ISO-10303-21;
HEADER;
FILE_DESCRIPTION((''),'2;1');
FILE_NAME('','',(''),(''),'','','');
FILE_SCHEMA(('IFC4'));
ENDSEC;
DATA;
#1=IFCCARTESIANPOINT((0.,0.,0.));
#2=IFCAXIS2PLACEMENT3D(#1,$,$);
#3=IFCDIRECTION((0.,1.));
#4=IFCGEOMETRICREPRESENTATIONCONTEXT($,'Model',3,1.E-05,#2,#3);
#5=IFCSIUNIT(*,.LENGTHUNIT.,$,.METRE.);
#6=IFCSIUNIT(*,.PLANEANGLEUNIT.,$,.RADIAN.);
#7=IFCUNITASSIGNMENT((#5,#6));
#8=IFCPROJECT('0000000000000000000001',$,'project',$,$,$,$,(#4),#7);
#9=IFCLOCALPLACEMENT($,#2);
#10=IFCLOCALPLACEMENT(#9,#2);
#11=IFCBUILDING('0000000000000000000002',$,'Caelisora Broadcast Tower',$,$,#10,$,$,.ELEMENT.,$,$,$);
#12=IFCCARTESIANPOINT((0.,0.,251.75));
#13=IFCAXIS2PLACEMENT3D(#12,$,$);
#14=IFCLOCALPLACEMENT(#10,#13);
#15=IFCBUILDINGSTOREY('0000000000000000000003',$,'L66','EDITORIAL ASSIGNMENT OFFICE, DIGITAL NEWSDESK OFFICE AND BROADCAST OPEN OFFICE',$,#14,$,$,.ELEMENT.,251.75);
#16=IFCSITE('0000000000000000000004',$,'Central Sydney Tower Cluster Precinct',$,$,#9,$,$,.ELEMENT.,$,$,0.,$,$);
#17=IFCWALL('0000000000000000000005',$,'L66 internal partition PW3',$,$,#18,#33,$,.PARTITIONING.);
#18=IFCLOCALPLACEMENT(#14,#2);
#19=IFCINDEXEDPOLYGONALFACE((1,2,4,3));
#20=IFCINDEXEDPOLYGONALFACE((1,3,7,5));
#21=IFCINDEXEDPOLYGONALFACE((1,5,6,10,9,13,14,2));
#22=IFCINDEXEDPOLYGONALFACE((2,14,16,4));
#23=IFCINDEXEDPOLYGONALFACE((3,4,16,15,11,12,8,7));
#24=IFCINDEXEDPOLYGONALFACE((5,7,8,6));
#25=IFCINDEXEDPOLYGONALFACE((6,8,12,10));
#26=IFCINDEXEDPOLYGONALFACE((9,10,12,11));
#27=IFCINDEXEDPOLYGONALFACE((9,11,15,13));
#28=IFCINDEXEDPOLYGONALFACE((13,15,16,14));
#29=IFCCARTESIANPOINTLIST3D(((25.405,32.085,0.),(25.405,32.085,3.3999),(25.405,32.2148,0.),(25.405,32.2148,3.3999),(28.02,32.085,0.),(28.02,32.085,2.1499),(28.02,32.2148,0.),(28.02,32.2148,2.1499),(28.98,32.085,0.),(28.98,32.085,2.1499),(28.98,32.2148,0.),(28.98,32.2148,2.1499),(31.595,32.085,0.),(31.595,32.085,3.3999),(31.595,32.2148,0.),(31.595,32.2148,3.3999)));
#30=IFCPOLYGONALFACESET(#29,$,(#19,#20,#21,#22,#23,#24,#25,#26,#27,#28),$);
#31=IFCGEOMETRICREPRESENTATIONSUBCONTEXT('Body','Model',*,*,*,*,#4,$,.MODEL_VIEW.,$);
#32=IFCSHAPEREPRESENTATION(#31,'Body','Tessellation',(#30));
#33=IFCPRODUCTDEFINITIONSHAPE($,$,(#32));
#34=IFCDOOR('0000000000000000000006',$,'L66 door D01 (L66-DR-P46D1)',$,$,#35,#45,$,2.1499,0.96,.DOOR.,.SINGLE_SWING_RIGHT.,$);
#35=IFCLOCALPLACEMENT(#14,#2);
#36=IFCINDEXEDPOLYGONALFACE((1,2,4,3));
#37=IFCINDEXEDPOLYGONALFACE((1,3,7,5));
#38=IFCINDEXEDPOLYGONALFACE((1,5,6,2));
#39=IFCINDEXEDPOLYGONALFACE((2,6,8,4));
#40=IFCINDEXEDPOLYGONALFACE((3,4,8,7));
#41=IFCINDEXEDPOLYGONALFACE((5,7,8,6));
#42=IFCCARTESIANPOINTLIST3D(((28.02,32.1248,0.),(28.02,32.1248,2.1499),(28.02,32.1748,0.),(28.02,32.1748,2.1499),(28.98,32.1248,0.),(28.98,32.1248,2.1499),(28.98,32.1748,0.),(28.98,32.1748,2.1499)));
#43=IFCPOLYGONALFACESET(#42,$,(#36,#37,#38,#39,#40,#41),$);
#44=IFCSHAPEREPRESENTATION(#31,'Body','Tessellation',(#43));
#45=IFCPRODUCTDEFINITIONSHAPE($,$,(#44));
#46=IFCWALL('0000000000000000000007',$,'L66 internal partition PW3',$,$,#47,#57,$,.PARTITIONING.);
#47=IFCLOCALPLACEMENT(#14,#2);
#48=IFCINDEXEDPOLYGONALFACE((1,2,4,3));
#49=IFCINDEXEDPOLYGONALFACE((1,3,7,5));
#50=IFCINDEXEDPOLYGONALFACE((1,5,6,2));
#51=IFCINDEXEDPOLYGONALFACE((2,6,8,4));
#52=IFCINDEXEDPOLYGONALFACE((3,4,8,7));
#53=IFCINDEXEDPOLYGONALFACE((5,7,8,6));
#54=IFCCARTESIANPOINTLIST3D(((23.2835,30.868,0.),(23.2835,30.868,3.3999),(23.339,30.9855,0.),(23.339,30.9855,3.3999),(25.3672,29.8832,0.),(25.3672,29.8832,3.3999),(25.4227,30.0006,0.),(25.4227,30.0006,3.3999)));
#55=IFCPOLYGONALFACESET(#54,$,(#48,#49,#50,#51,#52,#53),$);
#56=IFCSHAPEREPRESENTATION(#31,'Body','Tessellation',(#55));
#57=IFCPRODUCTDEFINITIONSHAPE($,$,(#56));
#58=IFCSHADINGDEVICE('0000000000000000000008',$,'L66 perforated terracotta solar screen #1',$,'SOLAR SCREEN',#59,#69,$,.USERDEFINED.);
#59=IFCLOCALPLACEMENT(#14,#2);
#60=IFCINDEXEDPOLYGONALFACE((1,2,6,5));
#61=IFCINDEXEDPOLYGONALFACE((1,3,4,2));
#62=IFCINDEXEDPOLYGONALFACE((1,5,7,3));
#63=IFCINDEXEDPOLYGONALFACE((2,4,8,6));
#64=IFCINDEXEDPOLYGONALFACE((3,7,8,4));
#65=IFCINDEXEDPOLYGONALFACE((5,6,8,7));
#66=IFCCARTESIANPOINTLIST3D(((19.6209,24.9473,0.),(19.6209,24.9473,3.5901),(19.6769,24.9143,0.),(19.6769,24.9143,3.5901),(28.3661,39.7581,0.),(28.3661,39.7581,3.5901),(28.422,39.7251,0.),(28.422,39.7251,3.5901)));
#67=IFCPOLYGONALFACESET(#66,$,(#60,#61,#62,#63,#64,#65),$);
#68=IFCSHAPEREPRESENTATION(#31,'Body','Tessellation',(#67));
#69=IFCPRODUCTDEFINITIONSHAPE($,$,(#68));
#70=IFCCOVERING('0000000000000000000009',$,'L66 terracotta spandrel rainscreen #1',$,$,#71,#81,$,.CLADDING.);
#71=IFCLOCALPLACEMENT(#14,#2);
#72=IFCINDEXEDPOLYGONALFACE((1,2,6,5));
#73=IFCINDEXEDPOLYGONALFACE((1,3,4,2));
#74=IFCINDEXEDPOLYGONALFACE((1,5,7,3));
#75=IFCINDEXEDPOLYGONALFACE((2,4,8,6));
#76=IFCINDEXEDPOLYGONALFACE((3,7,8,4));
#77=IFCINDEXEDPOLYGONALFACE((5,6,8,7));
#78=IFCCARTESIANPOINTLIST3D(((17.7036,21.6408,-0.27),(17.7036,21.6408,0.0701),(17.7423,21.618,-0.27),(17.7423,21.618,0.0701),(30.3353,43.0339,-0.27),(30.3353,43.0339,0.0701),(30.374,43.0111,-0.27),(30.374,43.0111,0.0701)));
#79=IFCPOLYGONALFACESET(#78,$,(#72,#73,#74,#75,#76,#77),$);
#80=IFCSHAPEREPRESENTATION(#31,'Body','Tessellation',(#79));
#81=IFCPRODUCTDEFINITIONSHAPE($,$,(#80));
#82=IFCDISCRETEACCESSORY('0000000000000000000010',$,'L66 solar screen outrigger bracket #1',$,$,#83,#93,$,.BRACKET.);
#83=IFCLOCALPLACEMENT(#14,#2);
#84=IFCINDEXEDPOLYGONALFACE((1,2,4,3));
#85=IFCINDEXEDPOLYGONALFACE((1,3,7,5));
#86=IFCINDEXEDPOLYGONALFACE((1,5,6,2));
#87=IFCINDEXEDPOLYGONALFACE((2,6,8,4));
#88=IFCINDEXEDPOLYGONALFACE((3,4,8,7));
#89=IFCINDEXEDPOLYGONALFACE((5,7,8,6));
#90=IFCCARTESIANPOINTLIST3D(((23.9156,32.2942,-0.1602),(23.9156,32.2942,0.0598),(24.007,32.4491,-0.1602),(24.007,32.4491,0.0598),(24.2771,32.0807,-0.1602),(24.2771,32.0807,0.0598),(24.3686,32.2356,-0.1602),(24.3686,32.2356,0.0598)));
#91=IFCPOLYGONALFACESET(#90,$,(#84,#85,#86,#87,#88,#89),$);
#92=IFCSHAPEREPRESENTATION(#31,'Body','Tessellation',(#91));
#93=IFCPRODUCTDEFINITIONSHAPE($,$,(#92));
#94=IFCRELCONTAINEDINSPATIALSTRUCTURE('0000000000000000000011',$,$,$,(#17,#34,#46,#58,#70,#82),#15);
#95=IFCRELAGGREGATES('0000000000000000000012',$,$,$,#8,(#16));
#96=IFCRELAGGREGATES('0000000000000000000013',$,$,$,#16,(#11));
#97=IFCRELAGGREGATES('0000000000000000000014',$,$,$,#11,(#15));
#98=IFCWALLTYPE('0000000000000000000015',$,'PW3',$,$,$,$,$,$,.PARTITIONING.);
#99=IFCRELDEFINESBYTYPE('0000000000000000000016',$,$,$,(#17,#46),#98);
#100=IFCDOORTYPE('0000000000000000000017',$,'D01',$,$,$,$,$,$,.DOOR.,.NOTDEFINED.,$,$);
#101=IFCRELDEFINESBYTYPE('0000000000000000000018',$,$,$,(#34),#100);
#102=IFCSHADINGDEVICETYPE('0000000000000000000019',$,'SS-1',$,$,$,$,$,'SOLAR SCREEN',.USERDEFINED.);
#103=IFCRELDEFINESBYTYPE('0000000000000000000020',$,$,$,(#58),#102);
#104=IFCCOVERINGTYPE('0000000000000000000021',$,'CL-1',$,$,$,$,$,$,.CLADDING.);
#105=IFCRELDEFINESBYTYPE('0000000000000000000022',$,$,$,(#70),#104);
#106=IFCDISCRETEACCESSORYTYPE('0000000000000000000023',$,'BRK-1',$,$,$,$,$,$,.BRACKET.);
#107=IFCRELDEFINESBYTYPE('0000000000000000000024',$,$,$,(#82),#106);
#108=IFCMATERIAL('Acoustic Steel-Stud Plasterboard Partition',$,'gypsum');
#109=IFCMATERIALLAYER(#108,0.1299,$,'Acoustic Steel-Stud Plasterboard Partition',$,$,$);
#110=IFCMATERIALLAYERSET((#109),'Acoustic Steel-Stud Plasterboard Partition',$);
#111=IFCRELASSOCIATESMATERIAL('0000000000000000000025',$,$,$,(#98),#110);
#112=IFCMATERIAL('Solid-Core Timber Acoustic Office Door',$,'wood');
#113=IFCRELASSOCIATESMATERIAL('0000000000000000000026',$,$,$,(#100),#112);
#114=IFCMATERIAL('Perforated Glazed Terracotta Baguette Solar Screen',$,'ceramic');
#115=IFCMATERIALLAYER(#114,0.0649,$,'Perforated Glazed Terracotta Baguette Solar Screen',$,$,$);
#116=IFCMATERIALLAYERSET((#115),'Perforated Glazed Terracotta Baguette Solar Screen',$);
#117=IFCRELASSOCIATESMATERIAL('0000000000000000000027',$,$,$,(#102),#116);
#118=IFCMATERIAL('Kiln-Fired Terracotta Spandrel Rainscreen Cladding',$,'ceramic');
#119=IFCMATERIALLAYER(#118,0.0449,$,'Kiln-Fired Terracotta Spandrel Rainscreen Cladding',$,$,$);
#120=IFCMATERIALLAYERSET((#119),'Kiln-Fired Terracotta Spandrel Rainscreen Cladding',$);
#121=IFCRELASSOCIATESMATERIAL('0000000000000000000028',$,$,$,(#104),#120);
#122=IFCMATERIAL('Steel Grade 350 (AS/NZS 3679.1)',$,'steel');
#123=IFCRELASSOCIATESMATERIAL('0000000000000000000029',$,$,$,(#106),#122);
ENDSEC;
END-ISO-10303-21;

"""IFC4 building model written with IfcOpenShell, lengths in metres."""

from ifc_helpers import new_model, si_unit, direction, frame, frame_2d, origin, origin_2d, place, context, subcontext, project, spatial, rectangle, extrude, source, transform, mapped, material, layer, layer_set, type_object, type_shapes, element, fill, save


model = new_model("IFC4")

# Units and contexts
model_context = context("Model", 3, precision=1e-05, world=origin(), true_north=direction((0.0, 1.0)))
body_context = subcontext(model_context, "Body", "Model", "MODEL_VIEW")
ifc_project = project(units=[si_unit("LENGTHUNIT", "METRE"), si_unit("PLANEANGLEUNIT", "RADIAN")], contexts=[model_context])

# Site, building, storey
site_placement = place(None, origin())
site = spatial("IfcSite", under=ifc_project, at=site_placement, Name="Central Sydney Tower Cluster Precinct", CompositionType="ELEMENT", RefElevation=0.0)
building_placement = place(site_placement, origin())
building = spatial("IfcBuilding", under=site, at=building_placement, Name="Caelisora Broadcast Tower", CompositionType="ELEMENT")
storey_placement = place(building_placement, frame((0.0, 0.0, 251.75)))
storey = spatial("IfcBuildingStorey", under=building, at=storey_placement, Name="L66", Description="EDITORIAL ASSIGNMENT OFFICE, DIGITAL NEWSDESK OFFICE AND BROADCAST OPEN OFFICE", CompositionType="ELEMENT", Elevation=251.75)

# Shared definitions
ifc_material_1 = material(Name="Steel Grade 350 (AS/NZS 3679.1)", Category="steel")

# Wall, opening, door
ifc_material_2 = material(Name="Acoustic Steel-Stud Plasterboard Partition", Category="gypsum")
ifc_layer_1 = layer(ifc_material_2, 0.1299, Name="Acoustic Steel-Stud Plasterboard Partition")
ifc_layer_set_1 = layer_set([ifc_layer_1], Name="Acoustic Steel-Stud Plasterboard Partition")
wall_type = type_object("IfcWallType", Name="PW3", PredefinedType="PARTITIONING", material=ifc_layer_set_1)
ifc_material_3 = material(Name="Solid-Core Timber Acoustic Office Door", Category="wood")
door_type = type_object("IfcDoorType", Name="D01", OperationType="NOTDEFINED", PredefinedType="DOOR", material=ifc_material_3)
wall_1_placement = place(storey_placement, frame((25.405, 32.1499, 0.0), z_axis=(0.0, 0.0, 1.0), x_axis=(1.0, 0.0, 0.0)))
wall_1 = element("IfcWall", 1, at=wall_1_placement, inside=storey, type_object=wall_type, Name="L66 internal partition PW3", PredefinedType="PARTITIONING", context=body_context, shape_type="SweptSolid", body=[
    extrude(rectangle(XDim=6.1899, YDim=0.1299, at=frame_2d((3.095, 0.0))), origin(), (0.0, 0.0, 1.0), 3.3999),
])
opening_1_placement = place(wall_1_placement, frame((2.615, 0.0, 0.0)))
opening_1 = element("IfcOpeningElement", 2, at=opening_1_placement, cuts=wall_1, PredefinedType="OPENING", context=body_context, shape_type="SweptSolid", body=[
    extrude(rectangle(XDim=0.96, YDim=2.1499, at=frame_2d((0.48, 1.075))), frame((0.0, 0.0769, 0.0), z_axis=(0.0, -1.0, 0.0), x_axis=(1.0, 0.0, 0.0)), (0.0, 0.0, 1.0), 0.1538),
])
door_1_placement = place(opening_1_placement, origin())
door_1 = element("IfcDoor", 3, at=door_1_placement, inside=storey, type_object=door_type, Name="L66 door D01 (L66-DR-P46D1)", OperationType="SINGLE_SWING_RIGHT", OverallHeight=2.1499, OverallWidth=0.96, PredefinedType="DOOR", context=body_context, shape_type="SweptSolid", body=[
    extrude(rectangle(XDim=0.96, YDim=2.1499, at=frame_2d((0.48, 1.075))), frame((0.0, 0.0249, 0.0), z_axis=(0.0, -1.0, 0.0), x_axis=(1.0, 0.0, 0.0)), (0.0, 0.0, 1.0), 0.05),
])
fill(opening_1, door_1)

# Wall
wall_2_placement = place(storey_placement, frame((23.3113, 30.9268, 0.0), z_axis=(0.0, 0.0, 1.0), x_axis=(0.904102, -0.427317, 0.0)))
element("IfcWall", 4, at=wall_2_placement, inside=storey, type_object=wall_type, Name="L66 internal partition PW3", PredefinedType="PARTITIONING", context=body_context, shape_type="SweptSolid", body=[
    extrude(rectangle(XDim=2.3047, YDim=0.1299, at=frame_2d((1.1523, 0.0))), origin(), (0.0, 0.0, 1.0), 3.3999),
])

# Shading device
ifc_material_4 = material(Name="Perforated Glazed Terracotta Baguette Solar Screen", Category="ceramic")
ifc_layer_2 = layer(ifc_material_4, 0.0649, Name="Perforated Glazed Terracotta Baguette Solar Screen")
ifc_layer_set_2 = layer_set([ifc_layer_2], Name="Perforated Glazed Terracotta Baguette Solar Screen")
shading_device_type = type_object("IfcShadingDeviceType", Name="SS-1", ElementType="SOLAR SCREEN", PredefinedType="USERDEFINED", material=ifc_layer_set_2)
shared_shape_1 = source(origin(), body_context, "Body", "SweptSolid", [
    extrude(rectangle(XDim=17.2, YDim=0.0649, at=origin_2d()), origin(), (0.0, 0.0, 1.0), 3.5901),
])
type_shapes(shading_device_type, [shared_shape_1])
shading_device_placement = place(storey_placement, frame((24.0215, 32.3362, 0.0), z_axis=(0.0, 0.0, 1.0), x_axis=(-0.50844, -0.861097, 0.0)))
element("IfcShadingDevice", 5, at=shading_device_placement, inside=storey, type_object=shading_device_type, Name="L66 perforated terracotta solar screen #1", ObjectType="SOLAR SCREEN", PredefinedType="USERDEFINED", context=body_context, shape_type="MappedRepresentation", body=[
    mapped(shared_shape_1, transform((0.0, 0.0, 0.0), scale=1.0)),
])

# Covering
ifc_material_5 = material(Name="Kiln-Fired Terracotta Spandrel Rainscreen Cladding", Category="ceramic")
ifc_layer_3 = layer(ifc_material_5, 0.0449, Name="Kiln-Fired Terracotta Spandrel Rainscreen Cladding")
ifc_layer_set_3 = layer_set([ifc_layer_3], Name="Kiln-Fired Terracotta Spandrel Rainscreen Cladding")
covering_type = type_object("IfcCoveringType", Name="CL-1", PredefinedType="CLADDING", material=ifc_layer_set_3)
shared_shape_2 = source(origin(), body_context, "Body", "SweptSolid", [
    extrude(rectangle(XDim=24.844, YDim=0.0449, at=origin_2d()), origin(), (0.0, 0.0, 1.0), 0.3401),
])
type_shapes(covering_type, [shared_shape_2])
covering_placement = place(storey_placement, frame((24.0388, 32.3259, -0.27), z_axis=(0.0, 0.0, 1.0), x_axis=(-0.50844, -0.861097, 0.0)))
element("IfcCovering", 6, at=covering_placement, inside=storey, type_object=covering_type, Name="L66 terracotta spandrel rainscreen #1", PredefinedType="CLADDING", context=body_context, shape_type="MappedRepresentation", body=[
    mapped(shared_shape_2, transform((0.0, 0.0, 0.0), scale=1.0)),
])

# Discrete accessory
discrete_accessory_type = type_object("IfcDiscreteAccessoryType", Name="BRK-1", PredefinedType="BRACKET", material=ifc_material_1)
shared_shape_3 = source(origin(), body_context, "Body", "SweptSolid", [
    extrude(rectangle(XDim=0.1799, YDim=0.4199, at=origin_2d()), origin(), (0.0, 0.0, 1.0), 0.22),
])
type_shapes(discrete_accessory_type, [shared_shape_3])
discrete_accessory_placement = place(storey_placement, frame((24.1421, 32.2649, -0.1602), z_axis=(0.0, 0.0, 1.0), x_axis=(-0.50844, -0.861097, 0.0)))
element("IfcDiscreteAccessory", 7, at=discrete_accessory_placement, inside=storey, type_object=discrete_accessory_type, Name="L66 solar screen outrigger bracket #1", PredefinedType="BRACKET", context=body_context, shape_type="MappedRepresentation", body=[
    mapped(shared_shape_3, transform((0.0, 0.0, 0.0), scale=1.0)),
])

save(model, "model.ifc")
